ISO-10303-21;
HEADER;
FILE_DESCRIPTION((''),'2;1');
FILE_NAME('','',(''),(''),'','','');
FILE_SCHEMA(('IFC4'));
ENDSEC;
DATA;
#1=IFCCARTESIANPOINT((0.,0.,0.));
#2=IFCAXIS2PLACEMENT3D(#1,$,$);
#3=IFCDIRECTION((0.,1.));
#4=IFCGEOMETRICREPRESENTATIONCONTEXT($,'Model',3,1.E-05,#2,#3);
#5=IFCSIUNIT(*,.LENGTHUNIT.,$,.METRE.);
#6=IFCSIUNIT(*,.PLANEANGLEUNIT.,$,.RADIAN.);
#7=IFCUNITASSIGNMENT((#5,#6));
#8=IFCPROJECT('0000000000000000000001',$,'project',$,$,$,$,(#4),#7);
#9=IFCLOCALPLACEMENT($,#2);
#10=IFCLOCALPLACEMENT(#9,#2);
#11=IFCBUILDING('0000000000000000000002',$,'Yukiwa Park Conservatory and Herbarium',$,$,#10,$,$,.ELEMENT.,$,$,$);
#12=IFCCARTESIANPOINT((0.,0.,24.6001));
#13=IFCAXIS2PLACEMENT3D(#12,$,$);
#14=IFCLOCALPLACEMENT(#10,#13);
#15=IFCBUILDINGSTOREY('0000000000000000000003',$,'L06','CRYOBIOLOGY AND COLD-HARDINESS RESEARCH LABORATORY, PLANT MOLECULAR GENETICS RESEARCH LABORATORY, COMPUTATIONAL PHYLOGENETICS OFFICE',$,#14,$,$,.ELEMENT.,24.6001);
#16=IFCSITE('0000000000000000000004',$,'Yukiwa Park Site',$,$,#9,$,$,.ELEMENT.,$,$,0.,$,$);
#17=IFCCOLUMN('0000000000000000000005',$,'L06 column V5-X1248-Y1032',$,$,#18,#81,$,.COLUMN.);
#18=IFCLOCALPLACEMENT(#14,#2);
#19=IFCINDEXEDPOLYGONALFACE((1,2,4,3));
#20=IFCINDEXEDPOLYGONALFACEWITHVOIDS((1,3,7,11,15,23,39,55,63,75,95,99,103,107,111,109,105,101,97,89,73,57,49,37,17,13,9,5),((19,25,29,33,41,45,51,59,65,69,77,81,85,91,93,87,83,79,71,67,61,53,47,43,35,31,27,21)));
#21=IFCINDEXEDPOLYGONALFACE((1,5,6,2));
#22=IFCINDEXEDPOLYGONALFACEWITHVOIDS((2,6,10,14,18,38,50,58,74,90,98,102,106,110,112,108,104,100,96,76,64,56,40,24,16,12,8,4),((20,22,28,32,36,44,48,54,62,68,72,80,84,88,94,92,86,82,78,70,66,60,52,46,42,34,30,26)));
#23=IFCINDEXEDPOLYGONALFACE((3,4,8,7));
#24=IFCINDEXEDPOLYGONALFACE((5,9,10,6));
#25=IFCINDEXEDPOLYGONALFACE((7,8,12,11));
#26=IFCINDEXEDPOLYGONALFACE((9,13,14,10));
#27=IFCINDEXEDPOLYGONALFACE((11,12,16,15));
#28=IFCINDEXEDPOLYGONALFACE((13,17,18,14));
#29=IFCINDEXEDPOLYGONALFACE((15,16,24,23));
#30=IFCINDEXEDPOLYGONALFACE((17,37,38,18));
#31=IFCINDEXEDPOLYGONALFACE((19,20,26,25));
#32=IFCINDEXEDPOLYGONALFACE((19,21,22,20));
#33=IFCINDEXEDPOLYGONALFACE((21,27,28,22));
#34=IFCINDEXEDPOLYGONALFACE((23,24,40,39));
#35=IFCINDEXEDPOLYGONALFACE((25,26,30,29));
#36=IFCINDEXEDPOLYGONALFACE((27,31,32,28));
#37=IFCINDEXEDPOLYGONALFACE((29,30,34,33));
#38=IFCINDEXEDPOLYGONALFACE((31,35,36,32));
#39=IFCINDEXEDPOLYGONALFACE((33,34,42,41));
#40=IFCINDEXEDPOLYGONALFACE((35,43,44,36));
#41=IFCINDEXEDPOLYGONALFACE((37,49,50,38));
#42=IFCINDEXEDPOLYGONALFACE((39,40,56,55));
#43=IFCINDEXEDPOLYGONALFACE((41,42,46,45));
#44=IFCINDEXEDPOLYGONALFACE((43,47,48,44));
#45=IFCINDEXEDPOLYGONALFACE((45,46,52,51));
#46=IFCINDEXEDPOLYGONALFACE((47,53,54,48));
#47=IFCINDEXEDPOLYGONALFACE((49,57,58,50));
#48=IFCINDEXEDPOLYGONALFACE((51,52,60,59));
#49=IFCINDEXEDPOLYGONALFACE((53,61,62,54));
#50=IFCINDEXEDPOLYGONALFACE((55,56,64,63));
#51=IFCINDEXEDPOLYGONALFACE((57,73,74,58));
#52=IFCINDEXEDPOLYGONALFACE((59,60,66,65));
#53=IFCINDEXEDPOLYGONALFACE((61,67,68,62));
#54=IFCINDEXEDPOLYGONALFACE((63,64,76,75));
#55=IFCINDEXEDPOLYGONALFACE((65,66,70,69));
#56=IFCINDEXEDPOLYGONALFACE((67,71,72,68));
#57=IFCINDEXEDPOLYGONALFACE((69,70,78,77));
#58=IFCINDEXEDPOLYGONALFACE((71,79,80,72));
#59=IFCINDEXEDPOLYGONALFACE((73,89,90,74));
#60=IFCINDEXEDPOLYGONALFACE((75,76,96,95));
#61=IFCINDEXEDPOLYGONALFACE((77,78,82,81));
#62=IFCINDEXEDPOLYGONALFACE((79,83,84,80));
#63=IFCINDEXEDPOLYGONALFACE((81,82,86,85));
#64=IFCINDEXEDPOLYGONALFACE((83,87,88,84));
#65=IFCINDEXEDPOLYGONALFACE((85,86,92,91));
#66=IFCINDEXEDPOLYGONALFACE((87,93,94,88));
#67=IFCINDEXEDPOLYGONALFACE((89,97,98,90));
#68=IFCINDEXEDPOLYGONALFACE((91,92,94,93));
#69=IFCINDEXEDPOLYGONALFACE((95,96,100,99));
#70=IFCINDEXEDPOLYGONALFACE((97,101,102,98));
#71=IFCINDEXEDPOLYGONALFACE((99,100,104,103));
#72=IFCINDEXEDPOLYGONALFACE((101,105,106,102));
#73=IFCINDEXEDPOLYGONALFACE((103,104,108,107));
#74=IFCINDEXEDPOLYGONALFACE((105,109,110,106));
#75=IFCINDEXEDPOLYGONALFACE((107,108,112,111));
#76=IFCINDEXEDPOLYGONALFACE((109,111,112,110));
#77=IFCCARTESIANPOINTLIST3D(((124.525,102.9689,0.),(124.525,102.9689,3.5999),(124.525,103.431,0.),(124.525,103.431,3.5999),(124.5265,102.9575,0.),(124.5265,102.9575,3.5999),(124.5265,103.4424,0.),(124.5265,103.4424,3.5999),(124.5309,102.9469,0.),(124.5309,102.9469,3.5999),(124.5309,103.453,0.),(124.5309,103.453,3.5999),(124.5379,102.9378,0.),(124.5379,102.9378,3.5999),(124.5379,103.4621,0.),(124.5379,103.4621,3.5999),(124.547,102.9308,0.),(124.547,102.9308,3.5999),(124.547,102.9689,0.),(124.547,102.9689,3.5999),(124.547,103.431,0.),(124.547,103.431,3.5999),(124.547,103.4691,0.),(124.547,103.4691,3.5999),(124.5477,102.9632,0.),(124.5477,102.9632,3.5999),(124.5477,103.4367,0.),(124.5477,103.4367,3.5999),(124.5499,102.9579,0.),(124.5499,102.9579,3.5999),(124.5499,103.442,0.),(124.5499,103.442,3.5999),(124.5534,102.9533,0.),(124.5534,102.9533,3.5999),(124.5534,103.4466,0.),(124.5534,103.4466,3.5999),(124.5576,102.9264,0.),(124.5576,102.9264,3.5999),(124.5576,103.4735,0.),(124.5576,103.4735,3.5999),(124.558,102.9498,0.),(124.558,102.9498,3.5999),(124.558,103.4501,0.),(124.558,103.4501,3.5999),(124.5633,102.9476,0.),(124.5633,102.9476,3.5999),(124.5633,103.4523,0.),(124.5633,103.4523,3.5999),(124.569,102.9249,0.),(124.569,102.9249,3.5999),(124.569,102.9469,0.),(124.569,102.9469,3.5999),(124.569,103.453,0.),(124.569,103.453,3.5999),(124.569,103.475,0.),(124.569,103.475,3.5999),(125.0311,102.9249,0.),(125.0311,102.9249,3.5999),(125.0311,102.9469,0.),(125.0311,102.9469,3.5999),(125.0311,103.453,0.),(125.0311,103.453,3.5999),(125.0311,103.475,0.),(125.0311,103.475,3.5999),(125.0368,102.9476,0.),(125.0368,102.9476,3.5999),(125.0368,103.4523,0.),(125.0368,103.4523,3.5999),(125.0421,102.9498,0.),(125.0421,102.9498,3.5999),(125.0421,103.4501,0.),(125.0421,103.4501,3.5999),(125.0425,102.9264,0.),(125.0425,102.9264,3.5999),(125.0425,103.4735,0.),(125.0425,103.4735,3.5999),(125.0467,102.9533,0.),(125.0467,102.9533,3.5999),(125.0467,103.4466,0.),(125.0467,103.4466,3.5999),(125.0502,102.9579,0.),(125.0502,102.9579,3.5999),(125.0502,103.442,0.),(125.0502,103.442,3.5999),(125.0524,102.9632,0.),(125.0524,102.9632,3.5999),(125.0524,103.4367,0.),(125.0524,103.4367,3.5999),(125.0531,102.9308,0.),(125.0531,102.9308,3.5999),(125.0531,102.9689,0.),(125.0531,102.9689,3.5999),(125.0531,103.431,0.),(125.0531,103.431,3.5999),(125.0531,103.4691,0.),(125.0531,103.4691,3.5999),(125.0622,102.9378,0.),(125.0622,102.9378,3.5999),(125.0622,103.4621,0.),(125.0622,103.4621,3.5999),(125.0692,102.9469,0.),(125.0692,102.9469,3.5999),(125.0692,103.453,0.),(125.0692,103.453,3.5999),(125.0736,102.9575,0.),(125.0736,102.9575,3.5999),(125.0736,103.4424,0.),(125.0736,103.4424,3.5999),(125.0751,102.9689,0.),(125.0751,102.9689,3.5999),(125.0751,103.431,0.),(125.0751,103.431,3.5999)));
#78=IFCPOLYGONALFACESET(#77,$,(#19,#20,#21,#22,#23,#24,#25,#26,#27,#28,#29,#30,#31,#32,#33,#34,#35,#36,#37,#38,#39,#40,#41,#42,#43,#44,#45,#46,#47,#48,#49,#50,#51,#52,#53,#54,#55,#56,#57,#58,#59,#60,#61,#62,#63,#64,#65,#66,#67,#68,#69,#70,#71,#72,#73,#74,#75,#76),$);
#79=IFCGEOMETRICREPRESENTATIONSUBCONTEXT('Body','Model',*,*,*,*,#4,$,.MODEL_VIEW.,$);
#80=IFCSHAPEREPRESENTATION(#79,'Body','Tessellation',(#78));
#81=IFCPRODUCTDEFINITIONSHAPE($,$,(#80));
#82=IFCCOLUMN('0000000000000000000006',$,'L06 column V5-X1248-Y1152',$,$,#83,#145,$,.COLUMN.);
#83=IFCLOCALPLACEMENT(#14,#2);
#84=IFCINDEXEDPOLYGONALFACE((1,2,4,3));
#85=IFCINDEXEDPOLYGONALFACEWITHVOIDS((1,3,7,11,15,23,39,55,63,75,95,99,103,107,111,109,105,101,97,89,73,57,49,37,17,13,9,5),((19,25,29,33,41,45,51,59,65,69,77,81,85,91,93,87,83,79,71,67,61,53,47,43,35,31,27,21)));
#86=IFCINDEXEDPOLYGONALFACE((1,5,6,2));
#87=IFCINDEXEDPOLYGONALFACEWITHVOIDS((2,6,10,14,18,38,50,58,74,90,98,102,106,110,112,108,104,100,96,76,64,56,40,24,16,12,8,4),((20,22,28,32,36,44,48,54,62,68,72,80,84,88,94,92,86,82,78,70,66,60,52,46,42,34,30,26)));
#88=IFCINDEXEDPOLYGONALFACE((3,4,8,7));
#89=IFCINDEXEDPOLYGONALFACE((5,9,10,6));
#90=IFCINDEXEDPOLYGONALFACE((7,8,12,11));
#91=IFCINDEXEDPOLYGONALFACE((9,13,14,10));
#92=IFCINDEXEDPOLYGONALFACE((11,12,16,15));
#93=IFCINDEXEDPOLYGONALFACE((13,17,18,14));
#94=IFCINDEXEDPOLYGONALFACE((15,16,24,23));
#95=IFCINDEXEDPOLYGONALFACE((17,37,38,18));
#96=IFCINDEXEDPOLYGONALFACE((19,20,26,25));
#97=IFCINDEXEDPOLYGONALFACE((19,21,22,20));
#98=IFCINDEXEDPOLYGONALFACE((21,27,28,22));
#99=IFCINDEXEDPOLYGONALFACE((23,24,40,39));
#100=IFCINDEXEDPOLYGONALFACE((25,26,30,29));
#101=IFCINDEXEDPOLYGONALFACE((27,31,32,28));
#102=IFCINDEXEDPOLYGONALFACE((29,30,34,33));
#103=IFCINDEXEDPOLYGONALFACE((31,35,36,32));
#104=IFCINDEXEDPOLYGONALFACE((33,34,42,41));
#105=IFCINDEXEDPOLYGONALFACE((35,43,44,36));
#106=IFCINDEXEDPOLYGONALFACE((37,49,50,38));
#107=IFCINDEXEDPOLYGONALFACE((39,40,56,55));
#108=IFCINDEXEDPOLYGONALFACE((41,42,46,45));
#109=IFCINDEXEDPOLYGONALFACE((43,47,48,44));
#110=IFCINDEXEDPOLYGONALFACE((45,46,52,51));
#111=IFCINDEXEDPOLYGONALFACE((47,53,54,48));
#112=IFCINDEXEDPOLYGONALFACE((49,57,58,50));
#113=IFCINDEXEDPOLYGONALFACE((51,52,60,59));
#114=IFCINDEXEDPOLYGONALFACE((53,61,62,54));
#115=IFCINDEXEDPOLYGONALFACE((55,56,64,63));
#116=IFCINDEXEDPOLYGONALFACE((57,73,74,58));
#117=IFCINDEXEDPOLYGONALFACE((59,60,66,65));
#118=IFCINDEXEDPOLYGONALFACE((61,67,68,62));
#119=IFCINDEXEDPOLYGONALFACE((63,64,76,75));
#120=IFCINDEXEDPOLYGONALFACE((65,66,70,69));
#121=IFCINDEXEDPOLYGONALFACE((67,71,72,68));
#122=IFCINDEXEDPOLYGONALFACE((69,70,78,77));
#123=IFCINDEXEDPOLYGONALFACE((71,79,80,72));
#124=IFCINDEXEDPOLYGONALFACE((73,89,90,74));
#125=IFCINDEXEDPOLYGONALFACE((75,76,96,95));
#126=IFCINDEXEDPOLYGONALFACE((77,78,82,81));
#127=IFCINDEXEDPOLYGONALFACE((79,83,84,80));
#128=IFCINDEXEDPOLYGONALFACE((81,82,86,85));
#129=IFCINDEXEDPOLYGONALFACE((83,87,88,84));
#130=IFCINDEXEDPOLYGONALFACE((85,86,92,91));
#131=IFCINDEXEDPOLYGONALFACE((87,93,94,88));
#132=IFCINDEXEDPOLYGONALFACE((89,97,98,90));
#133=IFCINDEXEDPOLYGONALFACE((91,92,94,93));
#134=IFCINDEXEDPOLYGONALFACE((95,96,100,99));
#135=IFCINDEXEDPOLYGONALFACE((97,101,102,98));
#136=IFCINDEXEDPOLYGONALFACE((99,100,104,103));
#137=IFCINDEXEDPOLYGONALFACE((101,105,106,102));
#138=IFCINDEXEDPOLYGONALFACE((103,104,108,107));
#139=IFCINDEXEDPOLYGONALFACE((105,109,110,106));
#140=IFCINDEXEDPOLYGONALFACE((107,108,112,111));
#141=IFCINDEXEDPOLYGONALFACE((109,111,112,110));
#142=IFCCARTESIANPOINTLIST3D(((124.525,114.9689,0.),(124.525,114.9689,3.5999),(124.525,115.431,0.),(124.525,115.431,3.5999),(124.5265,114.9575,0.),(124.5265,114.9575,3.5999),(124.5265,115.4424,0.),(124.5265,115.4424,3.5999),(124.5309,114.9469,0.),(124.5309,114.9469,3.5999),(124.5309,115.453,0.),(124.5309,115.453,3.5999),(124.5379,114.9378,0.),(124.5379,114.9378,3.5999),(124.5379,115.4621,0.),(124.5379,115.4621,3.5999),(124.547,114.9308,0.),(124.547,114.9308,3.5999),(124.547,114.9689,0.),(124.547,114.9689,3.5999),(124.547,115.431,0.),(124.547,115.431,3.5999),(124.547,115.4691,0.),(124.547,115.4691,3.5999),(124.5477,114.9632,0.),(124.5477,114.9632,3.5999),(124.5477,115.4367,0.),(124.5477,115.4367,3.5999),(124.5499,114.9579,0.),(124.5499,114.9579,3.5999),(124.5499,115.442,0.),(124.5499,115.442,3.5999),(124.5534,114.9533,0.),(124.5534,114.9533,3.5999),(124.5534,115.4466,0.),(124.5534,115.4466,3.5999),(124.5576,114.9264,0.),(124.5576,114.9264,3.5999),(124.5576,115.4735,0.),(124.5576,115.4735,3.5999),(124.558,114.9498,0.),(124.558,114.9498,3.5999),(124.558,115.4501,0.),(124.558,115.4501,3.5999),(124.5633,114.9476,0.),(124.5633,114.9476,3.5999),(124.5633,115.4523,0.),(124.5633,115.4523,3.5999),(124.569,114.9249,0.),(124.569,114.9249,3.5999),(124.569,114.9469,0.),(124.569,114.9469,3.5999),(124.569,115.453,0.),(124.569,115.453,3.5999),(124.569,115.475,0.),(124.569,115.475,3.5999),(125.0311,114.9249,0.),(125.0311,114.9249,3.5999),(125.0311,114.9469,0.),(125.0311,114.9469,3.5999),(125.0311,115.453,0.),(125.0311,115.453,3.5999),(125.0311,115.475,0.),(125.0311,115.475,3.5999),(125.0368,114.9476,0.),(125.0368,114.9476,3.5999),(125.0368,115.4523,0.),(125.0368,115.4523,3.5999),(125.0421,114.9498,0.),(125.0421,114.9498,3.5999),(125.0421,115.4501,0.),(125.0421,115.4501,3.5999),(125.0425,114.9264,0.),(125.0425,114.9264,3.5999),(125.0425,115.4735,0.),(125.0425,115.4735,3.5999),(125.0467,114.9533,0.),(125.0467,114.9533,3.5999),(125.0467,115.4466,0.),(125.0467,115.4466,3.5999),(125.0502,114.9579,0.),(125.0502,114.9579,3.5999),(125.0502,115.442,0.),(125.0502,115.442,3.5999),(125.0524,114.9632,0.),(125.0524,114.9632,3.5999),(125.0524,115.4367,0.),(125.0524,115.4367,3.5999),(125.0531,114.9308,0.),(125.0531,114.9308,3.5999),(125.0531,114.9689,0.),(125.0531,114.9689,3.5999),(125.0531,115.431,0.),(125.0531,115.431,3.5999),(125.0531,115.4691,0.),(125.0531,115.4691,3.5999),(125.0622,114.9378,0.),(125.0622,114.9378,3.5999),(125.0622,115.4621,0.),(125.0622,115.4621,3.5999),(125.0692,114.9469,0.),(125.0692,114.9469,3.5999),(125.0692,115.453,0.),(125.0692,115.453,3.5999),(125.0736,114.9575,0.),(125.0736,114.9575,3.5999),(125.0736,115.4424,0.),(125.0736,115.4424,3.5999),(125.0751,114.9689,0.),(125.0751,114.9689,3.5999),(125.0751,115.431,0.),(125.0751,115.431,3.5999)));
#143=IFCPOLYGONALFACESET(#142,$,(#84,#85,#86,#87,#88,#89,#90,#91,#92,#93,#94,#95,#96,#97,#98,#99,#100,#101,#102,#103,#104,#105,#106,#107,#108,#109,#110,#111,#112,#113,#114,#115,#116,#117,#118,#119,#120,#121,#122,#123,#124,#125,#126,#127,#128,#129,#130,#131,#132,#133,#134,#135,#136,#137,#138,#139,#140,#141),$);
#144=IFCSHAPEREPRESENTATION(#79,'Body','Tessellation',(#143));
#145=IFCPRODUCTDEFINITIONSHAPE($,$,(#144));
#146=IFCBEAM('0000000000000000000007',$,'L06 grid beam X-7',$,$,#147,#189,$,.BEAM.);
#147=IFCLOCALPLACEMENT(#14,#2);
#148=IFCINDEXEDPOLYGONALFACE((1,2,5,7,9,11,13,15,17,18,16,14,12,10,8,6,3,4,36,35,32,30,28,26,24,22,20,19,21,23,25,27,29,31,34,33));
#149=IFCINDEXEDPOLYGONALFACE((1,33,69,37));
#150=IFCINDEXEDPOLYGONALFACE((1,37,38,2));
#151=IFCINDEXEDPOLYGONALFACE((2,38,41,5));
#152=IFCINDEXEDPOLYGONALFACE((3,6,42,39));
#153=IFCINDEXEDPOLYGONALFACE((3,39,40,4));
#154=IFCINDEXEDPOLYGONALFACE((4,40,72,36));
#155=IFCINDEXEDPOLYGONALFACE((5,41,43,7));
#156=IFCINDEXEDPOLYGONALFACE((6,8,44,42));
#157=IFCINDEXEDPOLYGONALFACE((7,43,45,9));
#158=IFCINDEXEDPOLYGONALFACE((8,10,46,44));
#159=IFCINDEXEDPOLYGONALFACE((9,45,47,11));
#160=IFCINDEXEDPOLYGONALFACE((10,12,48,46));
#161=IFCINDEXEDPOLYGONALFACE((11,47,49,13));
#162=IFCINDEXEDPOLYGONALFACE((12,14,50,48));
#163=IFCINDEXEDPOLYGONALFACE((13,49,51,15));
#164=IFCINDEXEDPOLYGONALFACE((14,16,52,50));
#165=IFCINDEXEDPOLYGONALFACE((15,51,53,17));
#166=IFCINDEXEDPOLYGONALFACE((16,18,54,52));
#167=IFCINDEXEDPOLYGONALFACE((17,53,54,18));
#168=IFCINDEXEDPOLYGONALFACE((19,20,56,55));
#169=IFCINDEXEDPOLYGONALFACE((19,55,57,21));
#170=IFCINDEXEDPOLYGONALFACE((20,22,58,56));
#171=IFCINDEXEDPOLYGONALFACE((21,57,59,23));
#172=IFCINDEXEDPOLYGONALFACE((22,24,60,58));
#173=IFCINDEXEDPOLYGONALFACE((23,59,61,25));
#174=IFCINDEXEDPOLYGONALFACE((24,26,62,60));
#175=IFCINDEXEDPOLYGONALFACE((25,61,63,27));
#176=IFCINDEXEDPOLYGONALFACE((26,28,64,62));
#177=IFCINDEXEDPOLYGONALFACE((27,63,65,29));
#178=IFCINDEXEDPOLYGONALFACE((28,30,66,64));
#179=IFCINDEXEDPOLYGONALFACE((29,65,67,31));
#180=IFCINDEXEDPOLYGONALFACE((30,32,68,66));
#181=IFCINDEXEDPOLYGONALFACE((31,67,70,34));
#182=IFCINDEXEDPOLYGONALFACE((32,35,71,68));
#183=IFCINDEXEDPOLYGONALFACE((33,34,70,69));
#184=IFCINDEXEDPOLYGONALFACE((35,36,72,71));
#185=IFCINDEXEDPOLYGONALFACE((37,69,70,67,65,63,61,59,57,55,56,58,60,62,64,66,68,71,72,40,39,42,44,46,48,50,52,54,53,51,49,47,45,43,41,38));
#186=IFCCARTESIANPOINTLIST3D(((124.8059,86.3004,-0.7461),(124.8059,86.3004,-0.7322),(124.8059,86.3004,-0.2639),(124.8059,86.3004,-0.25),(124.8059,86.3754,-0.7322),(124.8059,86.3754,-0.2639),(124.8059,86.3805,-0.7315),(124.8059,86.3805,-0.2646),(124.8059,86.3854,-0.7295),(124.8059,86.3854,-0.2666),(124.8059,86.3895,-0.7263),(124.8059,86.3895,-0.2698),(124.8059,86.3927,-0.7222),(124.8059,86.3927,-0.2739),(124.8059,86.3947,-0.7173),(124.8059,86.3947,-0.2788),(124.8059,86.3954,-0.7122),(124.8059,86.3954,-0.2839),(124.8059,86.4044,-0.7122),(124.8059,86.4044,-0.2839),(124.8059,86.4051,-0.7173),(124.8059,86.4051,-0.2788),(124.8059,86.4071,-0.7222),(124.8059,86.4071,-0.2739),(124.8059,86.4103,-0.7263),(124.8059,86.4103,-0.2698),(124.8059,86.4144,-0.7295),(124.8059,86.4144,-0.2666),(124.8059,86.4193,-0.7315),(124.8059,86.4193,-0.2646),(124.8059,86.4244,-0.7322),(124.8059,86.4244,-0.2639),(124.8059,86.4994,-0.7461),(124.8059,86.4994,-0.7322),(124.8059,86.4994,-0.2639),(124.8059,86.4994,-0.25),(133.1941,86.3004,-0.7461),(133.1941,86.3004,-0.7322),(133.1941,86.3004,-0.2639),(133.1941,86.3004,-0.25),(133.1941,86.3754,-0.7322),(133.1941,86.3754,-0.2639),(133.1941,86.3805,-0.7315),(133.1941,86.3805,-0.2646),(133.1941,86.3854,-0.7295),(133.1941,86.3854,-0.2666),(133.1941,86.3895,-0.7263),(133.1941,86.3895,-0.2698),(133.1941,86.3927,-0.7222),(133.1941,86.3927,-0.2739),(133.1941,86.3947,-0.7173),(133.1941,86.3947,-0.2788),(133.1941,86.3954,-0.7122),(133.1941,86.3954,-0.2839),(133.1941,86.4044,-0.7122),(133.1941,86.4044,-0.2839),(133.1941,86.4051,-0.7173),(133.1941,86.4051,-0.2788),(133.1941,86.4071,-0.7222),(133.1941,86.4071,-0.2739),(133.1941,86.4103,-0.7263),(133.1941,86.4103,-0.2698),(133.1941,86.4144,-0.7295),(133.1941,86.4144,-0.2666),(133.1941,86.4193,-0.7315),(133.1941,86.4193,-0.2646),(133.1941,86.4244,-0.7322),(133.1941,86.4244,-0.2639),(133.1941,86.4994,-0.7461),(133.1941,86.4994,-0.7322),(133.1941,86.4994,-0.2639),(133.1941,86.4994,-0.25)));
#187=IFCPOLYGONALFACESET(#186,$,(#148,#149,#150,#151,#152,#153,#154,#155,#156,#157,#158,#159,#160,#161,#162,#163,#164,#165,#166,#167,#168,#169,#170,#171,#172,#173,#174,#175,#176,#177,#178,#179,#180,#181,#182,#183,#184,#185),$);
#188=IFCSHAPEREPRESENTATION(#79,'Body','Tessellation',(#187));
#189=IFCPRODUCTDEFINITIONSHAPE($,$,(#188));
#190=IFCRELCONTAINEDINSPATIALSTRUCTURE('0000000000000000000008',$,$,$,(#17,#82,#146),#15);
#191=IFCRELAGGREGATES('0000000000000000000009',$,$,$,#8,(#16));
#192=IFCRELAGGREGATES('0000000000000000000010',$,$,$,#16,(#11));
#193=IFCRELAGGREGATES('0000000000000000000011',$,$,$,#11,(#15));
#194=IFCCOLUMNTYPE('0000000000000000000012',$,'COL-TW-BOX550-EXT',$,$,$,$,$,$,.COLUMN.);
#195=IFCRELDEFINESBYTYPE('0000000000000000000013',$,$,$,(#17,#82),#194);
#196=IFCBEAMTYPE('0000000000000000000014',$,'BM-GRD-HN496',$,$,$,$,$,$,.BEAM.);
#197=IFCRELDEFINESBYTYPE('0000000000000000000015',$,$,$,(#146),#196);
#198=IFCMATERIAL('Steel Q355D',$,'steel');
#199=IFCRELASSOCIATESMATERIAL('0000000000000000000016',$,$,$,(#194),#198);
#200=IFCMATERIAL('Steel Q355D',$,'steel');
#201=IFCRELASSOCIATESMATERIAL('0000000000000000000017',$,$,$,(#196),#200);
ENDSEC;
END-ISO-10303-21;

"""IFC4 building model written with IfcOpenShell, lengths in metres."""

from ifc_helpers import new_model, si_unit, direction, frame, origin, origin_2d, place, context, subcontext, project, spatial, hollow_rectangle, i_section, extrude, material, material_profile, profile_set, type_object, element, save


model = new_model("IFC4")

# Units and contexts
model_context = context("Model", 3, precision=1e-05, world=origin(), true_north=direction((0.0, 1.0)))
body_context = subcontext(model_context, "Body", "Model", "MODEL_VIEW")
ifc_project = project(units=[si_unit("LENGTHUNIT", "METRE"), si_unit("PLANEANGLEUNIT", "RADIAN")], contexts=[model_context])

# Site, building, storey
site_placement = place(None, origin())
site = spatial("IfcSite", under=ifc_project, at=site_placement, Name="Yukiwa Park Site", CompositionType="ELEMENT", RefElevation=0.0)
building_placement = place(site_placement, origin())
building = spatial("IfcBuilding", under=site, at=building_placement, Name="Yukiwa Park Conservatory and Herbarium", CompositionType="ELEMENT")
storey_placement = place(building_placement, frame((0.0, 0.0, 24.6001)))
storey = spatial("IfcBuildingStorey", under=building, at=storey_placement, Name="L06", Description="CRYOBIOLOGY AND COLD-HARDINESS RESEARCH LABORATORY, PLANT MOLECULAR GENETICS RESEARCH LABORATORY, COMPUTATIONAL PHYLOGENETICS OFFICE", CompositionType="ELEMENT", Elevation=24.6001)

# Columns
ifc_material_1 = material(Name="Steel Q355D", Category="steel")
ifc_material_profile_1 = material_profile(ifc_material_1, hollow_rectangle(XDim=0.55, YDim=0.55, WallThickness=0.022, InnerFilletRadius=0.022, OuterFilletRadius=0.0439, at=origin_2d()), Name="BOX 550x550x22")
ifc_profile_set_1 = profile_set([ifc_material_profile_1], Name="Steel Q355D")
column_type = type_object("IfcColumnType", Name="COL-TW-BOX550-EXT", PredefinedType="COLUMN", material=ifc_profile_set_1)
for number, where, z_axis, x_axis, name in (
    (1, (124.8, 103.2, 0.0), (0.0, 0.0, 1.0), (1.0, 0.0, 0.0), "L06 column V5-X1248-Y1032"),
    (2, (124.8, 115.2, 0.0), (0.0, 0.0, 1.0), (1.0, 0.0, 0.0), "L06 column V5-X1248-Y1152"),
):
    element("IfcColumn", number, at=place(storey_placement, frame(where, z_axis=z_axis, x_axis=x_axis)), inside=storey, type_object=column_type, Name=name, PredefinedType="COLUMN", context=body_context, shape_type="SweptSolid", body=[
        extrude(hollow_rectangle(XDim=0.55, YDim=0.55, WallThickness=0.022, InnerFilletRadius=0.022, OuterFilletRadius=0.0439, at=origin_2d()), origin(), (0.0, 0.0, 1.0), 3.5999),
    ])

# Beam
ifc_material_2 = material(Name="Steel Q355D", Category="steel")
ifc_material_profile_2 = material_profile(ifc_material_2, i_section(OverallWidth=0.199, OverallDepth=0.4961, WebThickness=0.009, FlangeThickness=0.0139, FilletRadius=0.02, at=origin_2d()), Name="HN 496x199x9x14")
ifc_profile_set_2 = profile_set([ifc_material_profile_2], Name="Steel Q355D")
beam_type_1 = type_object("IfcBeamType", Name="BM-GRD-HN496", PredefinedType="BEAM", material=ifc_profile_set_2)
for number, where, z_axis, x_axis, name in (
    (3, (124.8059, 86.3999, -0.498), (1.0, 0.0, 0.0), (0.0, 1.0, 0.0), "L06 grid beam X-7"),
):
    element("IfcBeam", number, at=place(storey_placement, frame(where, z_axis=z_axis, x_axis=x_axis)), inside=storey, type_object=beam_type_1, Name=name, PredefinedType="BEAM", context=body_context, shape_type="SweptSolid", body=[
        extrude(i_section(OverallWidth=0.199, OverallDepth=0.4961, WebThickness=0.009, FlangeThickness=0.0139, FilletRadius=0.02, at=origin_2d()), origin(), (0.0, 0.0, 1.0), 8.3882),
    ])

save(model, "model.ifc")
